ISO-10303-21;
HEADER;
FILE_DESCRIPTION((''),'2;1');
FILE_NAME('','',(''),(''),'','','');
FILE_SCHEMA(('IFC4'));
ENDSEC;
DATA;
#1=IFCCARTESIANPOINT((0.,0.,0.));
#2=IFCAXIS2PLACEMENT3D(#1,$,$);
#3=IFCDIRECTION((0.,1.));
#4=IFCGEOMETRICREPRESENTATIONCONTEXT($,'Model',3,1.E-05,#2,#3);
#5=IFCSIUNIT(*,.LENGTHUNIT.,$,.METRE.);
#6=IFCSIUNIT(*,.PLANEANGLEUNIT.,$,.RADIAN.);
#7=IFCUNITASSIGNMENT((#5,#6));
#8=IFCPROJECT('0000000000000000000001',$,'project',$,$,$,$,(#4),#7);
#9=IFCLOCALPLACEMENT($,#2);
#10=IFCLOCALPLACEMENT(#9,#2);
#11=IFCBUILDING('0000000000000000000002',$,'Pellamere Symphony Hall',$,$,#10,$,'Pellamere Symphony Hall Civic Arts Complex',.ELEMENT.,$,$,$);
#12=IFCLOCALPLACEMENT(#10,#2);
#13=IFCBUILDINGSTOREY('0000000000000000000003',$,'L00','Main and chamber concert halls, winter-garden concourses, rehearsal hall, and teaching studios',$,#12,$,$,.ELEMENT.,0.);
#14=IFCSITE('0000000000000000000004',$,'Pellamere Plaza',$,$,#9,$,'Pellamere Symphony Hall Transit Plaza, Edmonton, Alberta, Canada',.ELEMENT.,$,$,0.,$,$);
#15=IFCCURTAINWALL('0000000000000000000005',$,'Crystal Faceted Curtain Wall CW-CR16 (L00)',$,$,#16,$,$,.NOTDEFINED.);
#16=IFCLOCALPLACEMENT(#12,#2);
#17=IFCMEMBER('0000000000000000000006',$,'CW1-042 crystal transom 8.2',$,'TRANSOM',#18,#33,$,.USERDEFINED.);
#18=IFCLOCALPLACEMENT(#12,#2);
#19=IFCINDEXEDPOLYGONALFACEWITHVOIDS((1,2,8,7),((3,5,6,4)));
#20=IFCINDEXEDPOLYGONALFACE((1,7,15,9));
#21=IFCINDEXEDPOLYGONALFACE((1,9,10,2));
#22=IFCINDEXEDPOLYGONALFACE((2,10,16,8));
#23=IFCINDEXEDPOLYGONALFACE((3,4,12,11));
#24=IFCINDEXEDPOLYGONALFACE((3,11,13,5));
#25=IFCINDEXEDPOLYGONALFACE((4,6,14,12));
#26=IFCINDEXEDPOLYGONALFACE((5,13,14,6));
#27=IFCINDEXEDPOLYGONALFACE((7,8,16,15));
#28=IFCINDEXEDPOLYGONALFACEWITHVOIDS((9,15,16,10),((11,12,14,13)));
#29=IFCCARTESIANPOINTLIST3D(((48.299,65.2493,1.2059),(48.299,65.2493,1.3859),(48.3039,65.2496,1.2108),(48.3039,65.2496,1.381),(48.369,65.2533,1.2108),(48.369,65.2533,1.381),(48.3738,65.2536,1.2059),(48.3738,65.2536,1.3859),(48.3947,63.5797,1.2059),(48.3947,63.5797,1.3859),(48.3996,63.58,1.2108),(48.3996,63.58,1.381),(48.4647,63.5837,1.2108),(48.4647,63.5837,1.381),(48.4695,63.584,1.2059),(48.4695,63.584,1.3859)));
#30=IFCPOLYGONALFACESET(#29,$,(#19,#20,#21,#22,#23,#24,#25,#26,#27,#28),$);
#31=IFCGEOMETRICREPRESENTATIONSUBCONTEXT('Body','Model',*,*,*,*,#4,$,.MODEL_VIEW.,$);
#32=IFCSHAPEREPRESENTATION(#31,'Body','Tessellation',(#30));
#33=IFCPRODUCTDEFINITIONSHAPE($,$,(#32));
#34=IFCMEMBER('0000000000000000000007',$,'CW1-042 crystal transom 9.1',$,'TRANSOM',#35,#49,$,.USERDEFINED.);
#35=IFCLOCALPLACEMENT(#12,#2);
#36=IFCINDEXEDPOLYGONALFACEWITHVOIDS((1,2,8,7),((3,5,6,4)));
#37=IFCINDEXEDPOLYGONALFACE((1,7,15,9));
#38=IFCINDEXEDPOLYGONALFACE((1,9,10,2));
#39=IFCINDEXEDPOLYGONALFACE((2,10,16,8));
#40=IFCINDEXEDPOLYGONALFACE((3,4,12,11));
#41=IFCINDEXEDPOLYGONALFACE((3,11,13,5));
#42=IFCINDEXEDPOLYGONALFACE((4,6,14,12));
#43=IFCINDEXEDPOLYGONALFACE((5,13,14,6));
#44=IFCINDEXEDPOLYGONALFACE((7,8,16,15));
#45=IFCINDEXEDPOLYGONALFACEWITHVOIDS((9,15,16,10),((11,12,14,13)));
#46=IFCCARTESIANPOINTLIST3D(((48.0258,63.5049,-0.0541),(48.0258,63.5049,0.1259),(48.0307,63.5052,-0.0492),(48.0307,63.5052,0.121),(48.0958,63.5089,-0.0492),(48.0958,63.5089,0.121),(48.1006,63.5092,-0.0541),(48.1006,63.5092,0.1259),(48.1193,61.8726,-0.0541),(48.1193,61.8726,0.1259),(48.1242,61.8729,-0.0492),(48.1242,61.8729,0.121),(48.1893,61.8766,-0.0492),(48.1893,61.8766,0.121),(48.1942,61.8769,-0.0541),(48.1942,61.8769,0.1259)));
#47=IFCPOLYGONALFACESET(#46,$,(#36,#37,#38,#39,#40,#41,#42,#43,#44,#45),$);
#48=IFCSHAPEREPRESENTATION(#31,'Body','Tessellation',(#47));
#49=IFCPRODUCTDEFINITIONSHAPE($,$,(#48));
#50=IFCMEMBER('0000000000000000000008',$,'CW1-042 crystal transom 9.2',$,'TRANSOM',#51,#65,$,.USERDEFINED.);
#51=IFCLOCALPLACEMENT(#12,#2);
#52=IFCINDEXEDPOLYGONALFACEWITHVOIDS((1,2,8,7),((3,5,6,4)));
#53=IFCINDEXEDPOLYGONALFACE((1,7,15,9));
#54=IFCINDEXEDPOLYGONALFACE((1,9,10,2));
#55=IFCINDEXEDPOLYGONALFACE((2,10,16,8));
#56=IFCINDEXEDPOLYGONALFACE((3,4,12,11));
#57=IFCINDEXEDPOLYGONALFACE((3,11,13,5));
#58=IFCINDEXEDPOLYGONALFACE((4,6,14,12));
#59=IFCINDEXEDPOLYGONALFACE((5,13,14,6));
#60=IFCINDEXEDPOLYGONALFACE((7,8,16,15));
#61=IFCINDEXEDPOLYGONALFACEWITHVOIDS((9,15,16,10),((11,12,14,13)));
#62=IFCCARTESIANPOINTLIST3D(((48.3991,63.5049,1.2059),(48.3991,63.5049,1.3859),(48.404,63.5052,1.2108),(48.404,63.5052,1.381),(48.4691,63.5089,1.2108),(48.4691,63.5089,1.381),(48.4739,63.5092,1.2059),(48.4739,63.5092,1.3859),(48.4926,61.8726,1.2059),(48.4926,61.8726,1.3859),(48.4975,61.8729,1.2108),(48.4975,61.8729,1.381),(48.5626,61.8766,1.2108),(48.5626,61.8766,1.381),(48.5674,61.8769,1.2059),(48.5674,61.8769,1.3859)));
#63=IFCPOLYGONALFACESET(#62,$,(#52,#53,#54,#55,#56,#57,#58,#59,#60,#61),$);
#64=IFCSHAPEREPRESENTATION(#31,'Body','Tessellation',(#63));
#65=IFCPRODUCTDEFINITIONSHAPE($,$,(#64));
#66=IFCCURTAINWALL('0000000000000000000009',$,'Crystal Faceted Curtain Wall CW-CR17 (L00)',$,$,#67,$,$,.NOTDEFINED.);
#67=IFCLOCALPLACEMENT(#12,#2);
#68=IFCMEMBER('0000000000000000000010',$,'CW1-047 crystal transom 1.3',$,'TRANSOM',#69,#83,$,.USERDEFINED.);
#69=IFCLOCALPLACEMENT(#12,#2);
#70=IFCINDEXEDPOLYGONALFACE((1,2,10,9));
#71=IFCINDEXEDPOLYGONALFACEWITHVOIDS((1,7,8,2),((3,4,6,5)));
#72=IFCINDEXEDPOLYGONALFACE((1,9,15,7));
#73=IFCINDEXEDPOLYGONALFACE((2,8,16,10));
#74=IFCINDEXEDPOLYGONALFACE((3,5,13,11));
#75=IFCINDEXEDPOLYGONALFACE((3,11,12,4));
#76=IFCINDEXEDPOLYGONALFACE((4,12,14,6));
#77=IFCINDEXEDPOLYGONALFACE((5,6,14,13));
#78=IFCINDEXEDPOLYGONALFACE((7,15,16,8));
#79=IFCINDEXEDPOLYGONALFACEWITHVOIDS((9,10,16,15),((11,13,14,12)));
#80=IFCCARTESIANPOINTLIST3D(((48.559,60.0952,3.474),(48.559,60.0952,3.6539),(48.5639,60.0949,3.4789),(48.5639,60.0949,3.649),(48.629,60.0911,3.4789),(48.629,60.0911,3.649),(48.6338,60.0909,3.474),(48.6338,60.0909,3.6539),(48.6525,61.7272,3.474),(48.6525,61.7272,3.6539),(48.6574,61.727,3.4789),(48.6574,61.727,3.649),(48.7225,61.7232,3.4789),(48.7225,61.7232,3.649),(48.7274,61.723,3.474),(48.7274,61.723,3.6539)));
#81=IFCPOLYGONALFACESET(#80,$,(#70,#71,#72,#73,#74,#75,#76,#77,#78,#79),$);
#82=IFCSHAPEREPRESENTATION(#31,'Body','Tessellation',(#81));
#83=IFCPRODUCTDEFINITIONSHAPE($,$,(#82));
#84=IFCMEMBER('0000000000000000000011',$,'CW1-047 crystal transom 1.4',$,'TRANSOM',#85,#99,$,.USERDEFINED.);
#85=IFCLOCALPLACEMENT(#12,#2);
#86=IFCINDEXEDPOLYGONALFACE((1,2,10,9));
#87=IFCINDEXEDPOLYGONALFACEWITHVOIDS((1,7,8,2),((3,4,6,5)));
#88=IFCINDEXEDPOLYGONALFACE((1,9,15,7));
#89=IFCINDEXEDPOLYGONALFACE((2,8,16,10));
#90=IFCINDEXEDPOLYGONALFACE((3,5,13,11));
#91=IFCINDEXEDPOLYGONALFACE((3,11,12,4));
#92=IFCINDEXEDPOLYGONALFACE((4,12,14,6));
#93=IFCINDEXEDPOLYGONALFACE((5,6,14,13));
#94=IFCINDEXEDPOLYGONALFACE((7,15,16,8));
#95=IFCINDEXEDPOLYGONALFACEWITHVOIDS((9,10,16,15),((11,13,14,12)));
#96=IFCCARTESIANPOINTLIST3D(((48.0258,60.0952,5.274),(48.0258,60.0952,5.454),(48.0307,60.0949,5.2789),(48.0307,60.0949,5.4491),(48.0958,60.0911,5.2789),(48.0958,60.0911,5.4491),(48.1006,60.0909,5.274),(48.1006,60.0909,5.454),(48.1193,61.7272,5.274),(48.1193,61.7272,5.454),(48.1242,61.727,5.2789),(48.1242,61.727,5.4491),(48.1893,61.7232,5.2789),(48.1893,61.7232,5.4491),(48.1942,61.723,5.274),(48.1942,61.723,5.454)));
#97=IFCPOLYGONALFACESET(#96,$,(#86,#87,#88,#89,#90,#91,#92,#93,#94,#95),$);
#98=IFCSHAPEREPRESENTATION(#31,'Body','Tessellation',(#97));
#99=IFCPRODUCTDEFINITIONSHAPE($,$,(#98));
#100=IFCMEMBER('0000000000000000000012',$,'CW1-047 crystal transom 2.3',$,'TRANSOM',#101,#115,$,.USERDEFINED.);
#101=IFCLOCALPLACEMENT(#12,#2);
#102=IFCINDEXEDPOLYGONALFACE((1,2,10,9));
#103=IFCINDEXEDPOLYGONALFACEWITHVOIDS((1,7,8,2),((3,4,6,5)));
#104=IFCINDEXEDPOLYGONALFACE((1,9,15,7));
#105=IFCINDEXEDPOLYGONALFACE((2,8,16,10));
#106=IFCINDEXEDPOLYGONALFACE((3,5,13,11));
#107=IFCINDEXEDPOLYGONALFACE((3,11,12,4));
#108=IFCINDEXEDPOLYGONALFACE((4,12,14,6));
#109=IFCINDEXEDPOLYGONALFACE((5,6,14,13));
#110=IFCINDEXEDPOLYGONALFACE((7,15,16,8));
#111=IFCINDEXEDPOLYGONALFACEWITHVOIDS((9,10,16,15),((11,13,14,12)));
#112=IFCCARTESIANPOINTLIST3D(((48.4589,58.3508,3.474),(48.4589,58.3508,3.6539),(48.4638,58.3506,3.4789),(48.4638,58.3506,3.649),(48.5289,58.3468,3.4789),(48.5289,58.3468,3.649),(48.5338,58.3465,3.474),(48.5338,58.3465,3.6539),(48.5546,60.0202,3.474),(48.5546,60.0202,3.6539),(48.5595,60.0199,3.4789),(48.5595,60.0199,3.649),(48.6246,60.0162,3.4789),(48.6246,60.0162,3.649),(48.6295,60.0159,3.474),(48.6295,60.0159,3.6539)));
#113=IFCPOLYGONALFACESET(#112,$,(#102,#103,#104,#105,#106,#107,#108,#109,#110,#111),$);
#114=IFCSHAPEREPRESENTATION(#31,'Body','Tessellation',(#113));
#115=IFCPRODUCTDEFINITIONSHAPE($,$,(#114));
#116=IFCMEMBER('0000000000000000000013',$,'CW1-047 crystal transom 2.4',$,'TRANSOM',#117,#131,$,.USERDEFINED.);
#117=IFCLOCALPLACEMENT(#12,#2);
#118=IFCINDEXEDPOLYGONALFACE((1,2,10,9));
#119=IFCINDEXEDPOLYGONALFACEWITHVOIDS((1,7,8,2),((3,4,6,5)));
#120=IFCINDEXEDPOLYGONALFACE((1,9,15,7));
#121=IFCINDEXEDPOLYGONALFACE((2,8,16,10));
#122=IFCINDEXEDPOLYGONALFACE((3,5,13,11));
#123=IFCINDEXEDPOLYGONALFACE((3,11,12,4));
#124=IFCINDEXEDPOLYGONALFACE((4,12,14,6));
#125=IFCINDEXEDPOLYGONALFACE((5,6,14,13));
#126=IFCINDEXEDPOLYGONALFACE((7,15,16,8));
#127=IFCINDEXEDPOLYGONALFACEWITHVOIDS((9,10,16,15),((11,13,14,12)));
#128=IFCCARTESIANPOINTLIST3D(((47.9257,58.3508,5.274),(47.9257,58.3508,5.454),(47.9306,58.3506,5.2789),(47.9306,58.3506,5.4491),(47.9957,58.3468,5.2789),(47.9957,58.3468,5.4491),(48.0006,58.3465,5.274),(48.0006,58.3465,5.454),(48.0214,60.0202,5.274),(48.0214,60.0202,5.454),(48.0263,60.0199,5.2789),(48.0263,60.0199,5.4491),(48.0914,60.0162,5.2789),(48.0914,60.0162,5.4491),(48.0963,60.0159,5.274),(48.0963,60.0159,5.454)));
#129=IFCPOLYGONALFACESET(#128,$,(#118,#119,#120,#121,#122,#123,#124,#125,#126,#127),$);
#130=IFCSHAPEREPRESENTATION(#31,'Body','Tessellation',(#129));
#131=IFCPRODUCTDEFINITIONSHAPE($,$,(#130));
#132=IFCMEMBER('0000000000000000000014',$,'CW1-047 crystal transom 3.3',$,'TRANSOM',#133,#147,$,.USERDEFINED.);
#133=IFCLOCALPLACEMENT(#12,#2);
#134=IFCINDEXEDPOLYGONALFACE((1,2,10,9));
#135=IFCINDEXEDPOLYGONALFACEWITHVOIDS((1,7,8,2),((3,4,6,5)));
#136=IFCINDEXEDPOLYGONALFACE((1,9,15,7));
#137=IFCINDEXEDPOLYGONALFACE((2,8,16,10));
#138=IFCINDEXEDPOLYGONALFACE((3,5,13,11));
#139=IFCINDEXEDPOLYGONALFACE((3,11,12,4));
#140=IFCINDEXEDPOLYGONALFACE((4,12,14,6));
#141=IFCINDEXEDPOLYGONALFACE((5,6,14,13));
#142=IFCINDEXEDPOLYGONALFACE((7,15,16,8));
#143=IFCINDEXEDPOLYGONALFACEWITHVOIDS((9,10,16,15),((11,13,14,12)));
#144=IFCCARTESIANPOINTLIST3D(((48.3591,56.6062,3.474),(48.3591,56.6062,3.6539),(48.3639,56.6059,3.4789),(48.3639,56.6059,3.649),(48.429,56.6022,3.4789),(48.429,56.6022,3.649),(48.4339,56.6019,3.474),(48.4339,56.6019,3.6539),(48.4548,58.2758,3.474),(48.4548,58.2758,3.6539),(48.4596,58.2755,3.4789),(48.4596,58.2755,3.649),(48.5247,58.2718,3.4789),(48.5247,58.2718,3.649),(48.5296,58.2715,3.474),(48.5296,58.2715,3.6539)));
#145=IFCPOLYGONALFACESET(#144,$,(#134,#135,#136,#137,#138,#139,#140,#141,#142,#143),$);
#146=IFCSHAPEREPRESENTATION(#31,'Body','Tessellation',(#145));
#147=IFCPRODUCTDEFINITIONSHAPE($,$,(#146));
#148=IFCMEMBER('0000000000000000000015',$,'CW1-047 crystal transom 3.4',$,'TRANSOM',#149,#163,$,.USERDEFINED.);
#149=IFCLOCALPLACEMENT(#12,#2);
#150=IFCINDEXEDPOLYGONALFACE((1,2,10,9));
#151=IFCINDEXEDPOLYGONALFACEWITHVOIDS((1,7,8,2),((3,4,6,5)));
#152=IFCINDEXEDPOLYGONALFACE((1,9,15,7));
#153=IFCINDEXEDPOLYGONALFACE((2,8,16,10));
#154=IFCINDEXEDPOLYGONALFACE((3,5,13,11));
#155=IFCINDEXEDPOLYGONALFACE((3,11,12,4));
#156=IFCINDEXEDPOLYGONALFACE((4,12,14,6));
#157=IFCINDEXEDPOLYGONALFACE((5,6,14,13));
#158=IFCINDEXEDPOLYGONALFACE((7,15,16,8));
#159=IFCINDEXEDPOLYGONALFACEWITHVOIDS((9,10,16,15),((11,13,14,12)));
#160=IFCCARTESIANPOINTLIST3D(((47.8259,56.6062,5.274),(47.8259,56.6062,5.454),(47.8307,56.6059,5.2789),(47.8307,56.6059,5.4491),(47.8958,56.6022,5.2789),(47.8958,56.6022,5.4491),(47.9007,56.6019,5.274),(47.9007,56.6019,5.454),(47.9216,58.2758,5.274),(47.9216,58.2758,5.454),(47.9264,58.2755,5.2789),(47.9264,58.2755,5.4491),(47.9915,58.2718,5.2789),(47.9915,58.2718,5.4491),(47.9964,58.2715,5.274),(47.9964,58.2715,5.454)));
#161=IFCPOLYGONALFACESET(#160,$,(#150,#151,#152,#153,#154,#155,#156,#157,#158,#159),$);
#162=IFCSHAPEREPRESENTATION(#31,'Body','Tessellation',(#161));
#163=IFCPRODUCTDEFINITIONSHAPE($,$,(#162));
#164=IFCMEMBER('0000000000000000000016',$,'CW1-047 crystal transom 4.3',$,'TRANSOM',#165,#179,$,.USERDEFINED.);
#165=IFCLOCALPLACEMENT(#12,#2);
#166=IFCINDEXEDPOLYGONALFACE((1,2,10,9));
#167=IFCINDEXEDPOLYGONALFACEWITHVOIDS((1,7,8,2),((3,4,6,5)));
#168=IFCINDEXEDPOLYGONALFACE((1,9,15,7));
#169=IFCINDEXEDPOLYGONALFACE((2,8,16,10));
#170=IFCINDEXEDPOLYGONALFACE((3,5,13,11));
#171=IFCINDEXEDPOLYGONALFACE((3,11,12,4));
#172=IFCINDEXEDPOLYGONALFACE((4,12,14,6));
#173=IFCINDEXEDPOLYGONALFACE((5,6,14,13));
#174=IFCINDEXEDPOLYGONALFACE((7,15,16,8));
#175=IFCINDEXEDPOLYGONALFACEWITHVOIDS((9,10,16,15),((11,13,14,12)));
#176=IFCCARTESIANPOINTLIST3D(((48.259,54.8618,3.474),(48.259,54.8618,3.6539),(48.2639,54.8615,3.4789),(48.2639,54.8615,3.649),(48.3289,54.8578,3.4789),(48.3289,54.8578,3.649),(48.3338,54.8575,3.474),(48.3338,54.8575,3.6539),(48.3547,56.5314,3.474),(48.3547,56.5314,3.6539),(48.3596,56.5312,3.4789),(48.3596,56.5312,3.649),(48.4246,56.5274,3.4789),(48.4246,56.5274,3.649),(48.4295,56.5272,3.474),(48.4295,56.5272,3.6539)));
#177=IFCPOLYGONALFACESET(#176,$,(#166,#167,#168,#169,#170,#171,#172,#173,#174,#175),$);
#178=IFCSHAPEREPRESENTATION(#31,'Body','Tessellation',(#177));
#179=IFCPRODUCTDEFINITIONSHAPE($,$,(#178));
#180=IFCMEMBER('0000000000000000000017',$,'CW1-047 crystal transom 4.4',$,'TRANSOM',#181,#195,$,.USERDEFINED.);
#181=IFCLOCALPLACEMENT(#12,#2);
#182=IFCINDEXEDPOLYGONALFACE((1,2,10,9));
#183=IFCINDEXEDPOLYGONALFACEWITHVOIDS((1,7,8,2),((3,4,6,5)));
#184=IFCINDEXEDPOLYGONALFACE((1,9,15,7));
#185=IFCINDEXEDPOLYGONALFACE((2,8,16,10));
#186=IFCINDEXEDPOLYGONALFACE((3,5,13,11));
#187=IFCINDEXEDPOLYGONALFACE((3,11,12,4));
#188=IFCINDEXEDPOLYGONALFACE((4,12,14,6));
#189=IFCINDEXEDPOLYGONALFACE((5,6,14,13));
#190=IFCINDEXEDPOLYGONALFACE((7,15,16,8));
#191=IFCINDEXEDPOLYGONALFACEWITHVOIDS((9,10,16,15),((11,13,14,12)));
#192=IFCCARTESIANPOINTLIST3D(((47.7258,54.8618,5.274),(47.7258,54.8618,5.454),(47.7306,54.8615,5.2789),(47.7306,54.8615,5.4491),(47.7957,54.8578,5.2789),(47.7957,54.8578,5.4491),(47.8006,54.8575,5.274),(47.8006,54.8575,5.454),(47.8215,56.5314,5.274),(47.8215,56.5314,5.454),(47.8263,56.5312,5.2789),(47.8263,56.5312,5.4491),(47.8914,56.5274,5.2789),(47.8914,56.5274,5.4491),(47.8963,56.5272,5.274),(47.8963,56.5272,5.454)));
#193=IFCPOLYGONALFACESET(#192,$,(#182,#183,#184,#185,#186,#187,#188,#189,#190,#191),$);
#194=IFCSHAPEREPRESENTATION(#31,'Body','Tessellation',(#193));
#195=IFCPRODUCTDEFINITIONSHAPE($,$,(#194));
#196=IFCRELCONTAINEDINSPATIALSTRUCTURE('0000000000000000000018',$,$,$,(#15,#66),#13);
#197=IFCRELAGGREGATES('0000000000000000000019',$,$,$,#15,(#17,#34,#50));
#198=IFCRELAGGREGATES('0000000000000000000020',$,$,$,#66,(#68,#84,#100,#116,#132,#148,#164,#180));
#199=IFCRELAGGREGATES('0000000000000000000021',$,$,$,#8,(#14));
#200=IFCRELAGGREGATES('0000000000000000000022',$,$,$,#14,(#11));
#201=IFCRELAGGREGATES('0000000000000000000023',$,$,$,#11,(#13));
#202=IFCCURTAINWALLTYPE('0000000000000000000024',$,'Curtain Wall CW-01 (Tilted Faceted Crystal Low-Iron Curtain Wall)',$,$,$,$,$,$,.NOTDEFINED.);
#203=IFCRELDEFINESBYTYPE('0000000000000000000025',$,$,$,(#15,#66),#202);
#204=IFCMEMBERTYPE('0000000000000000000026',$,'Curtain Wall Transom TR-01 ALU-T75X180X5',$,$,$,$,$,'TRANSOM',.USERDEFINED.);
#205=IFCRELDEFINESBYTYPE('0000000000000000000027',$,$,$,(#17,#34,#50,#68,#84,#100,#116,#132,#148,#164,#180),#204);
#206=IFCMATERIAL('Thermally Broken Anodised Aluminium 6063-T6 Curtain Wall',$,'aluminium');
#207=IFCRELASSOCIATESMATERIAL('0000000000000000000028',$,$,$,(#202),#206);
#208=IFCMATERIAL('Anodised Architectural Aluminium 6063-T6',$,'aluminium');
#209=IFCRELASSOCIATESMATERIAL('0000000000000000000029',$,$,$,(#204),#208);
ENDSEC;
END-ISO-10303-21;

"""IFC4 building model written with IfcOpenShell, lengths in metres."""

from ifc_helpers import new_model, si_unit, direction, frame, origin, origin_2d, place, context, subcontext, project, spatial, hollow_rectangle, extrude, material, material_profile, profile_set, type_object, element, aggregate, save


model = new_model("IFC4")

# Units and contexts
model_context = context("Model", 3, precision=1e-05, world=origin(), true_north=direction((0.0, 1.0)))
body_context = subcontext(model_context, "Body", "Model", "MODEL_VIEW")
ifc_project = project(units=[si_unit("LENGTHUNIT", "METRE"), si_unit("PLANEANGLEUNIT", "RADIAN")], contexts=[model_context])

# Site, building, storey
site_placement = place(None, origin())
site = spatial("IfcSite", under=ifc_project, at=site_placement, Name="Pellamere Plaza", LongName="Pellamere Symphony Hall Transit Plaza, Edmonton, Alberta, Canada", CompositionType="ELEMENT", RefElevation=0.0)
building_placement = place(site_placement, origin())
building = spatial("IfcBuilding", under=site, at=building_placement, Name="Pellamere Symphony Hall", LongName="Pellamere Symphony Hall Civic Arts Complex", CompositionType="ELEMENT")
storey_placement = place(building_placement, origin())
storey = spatial("IfcBuildingStorey", under=building, at=storey_placement, Name="L00", Description="Main and chamber concert halls, winter-garden concourses, rehearsal hall, and teaching studios", CompositionType="ELEMENT", Elevation=0.0)

# Curtain walls, members
ifc_material_1 = material(Name="Thermally Broken Anodised Aluminium 6063-T6 Curtain Wall", Category="aluminium")
curtain_wall_type = type_object("IfcCurtainWallType", Name="Curtain Wall CW-01 (Tilted Faceted Crystal Low-Iron Curtain Wall)", PredefinedType="NOTDEFINED", material=ifc_material_1)
curtain_wall_1_placement = place(storey_placement, origin())
curtain_wall_1 = element("IfcCurtainWall", 1, at=curtain_wall_1_placement, inside=storey, type_object=curtain_wall_type, Name="Crystal Faceted Curtain Wall CW-CR16 (L00)", PredefinedType="NOTDEFINED")
ifc_material_2 = material(Name="Anodised Architectural Aluminium 6063-T6", Category="aluminium")
ifc_material_profile_1 = material_profile(ifc_material_2, hollow_rectangle(XDim=0.075, YDim=0.1799, WallThickness=0.0049, at=origin_2d()), Name="ALU-T75X180X5")
ifc_profile_set_1 = profile_set([ifc_material_profile_1], Name="Anodised Architectural Aluminium 6063-T6")
member_type_1 = type_object("IfcMemberType", Name="Curtain Wall Transom TR-01 ALU-T75X180X5", ElementType="TRANSOM", PredefinedType="USERDEFINED", material=ifc_profile_set_1)
member_1_placement = place(storey_placement, frame((48.3364, 65.2515, 1.2959), z_axis=(0.057224, -0.998361, 0.0), x_axis=(0.998361, 0.057224, 0.0)))
member_1 = element("IfcMember", 2, at=member_1_placement, type_object=member_type_1, Name="CW1-042 crystal transom 8.2", ObjectType="TRANSOM", PredefinedType="USERDEFINED", context=body_context, shape_type="SweptSolid", body=[
    extrude(hollow_rectangle(XDim=0.075, YDim=0.1799, WallThickness=0.0049, at=origin_2d()), origin(), (0.0, 0.0, 1.0), 1.6724),
])
member_2_placement = place(storey_placement, frame((48.0632, 63.5071, 0.0359), z_axis=(0.05719, -0.998363, 0.0), x_axis=(0.998363, 0.05719, 0.0)))
member_2 = element("IfcMember", 3, at=member_2_placement, type_object=member_type_1, Name="CW1-042 crystal transom 9.1", ObjectType="TRANSOM", PredefinedType="USERDEFINED", context=body_context, shape_type="SweptSolid", body=[
    extrude(hollow_rectangle(XDim=0.075, YDim=0.1799, WallThickness=0.0049, at=origin_2d()), origin(), (0.0, 0.0, 1.0), 1.635),
])
member_3_placement = place(storey_placement, frame((48.4365, 63.5071, 1.2959), z_axis=(0.05719, -0.998363, 0.0), x_axis=(0.998363, 0.05719, 0.0)))
member_3 = element("IfcMember", 4, at=member_3_placement, type_object=member_type_1, Name="CW1-042 crystal transom 9.2", ObjectType="TRANSOM", PredefinedType="USERDEFINED", context=body_context, shape_type="SweptSolid", body=[
    extrude(hollow_rectangle(XDim=0.075, YDim=0.1799, WallThickness=0.0049, at=origin_2d()), origin(), (0.0, 0.0, 1.0), 1.635),
])
curtain_wall_2_placement = place(storey_placement, origin())
curtain_wall_2 = element("IfcCurtainWall", 5, at=curtain_wall_2_placement, inside=storey, type_object=curtain_wall_type, Name="Crystal Faceted Curtain Wall CW-CR17 (L00)", PredefinedType="NOTDEFINED")
member_4_placement = place(storey_placement, frame((48.6899, 61.7251, 3.564), z_axis=(-0.057199, -0.998363, 0.0), x_axis=(0.998363, -0.057199, 0.0)))
member_4 = element("IfcMember", 6, at=member_4_placement, type_object=member_type_1, Name="CW1-047 crystal transom 1.3", ObjectType="TRANSOM", PredefinedType="USERDEFINED", context=body_context, shape_type="SweptSolid", body=[
    extrude(hollow_rectangle(XDim=0.075, YDim=0.1799, WallThickness=0.0049, at=origin_2d()), origin(), (0.0, 0.0, 1.0), 1.6348),
])
member_5_placement = place(storey_placement, frame((48.1567, 61.7251, 5.364), z_axis=(-0.057199, -0.998363, 0.0), x_axis=(0.998363, -0.057199, 0.0)))
member_5 = element("IfcMember", 7, at=member_5_placement, type_object=member_type_1, Name="CW1-047 crystal transom 1.4", ObjectType="TRANSOM", PredefinedType="USERDEFINED", context=body_context, shape_type="SweptSolid", body=[
    extrude(hollow_rectangle(XDim=0.075, YDim=0.1799, WallThickness=0.0049, at=origin_2d()), origin(), (0.0, 0.0, 1.0), 1.6348),
])
member_6_placement = place(storey_placement, frame((48.592, 60.0181, 3.564), z_axis=(-0.057233, -0.998361, 0.0), x_axis=(0.998361, -0.057233, 0.0)))
member_6 = element("IfcMember", 8, at=member_6_placement, type_object=member_type_1, Name="CW1-047 crystal transom 2.3", ObjectType="TRANSOM", PredefinedType="USERDEFINED", context=body_context, shape_type="SweptSolid", body=[
    extrude(hollow_rectangle(XDim=0.075, YDim=0.1799, WallThickness=0.0049, at=origin_2d()), origin(), (0.0, 0.0, 1.0), 1.6721),
])
member_7_placement = place(storey_placement, frame((48.0588, 60.0181, 5.364), z_axis=(-0.057233, -0.998361, 0.0), x_axis=(0.998361, -0.057233, 0.0)))
member_7 = element("IfcMember", 9, at=member_7_placement, type_object=member_type_1, Name="CW1-047 crystal transom 2.4", ObjectType="TRANSOM", PredefinedType="USERDEFINED", context=body_context, shape_type="SweptSolid", body=[
    extrude(hollow_rectangle(XDim=0.075, YDim=0.1799, WallThickness=0.0049, at=origin_2d()), origin(), (0.0, 0.0, 1.0), 1.6721),
])
member_8_placement = place(storey_placement, frame((48.4922, 58.2737, 3.564), z_axis=(-0.057224, -0.998361, 0.0), x_axis=(0.998361, -0.057224, 0.0)))
member_8 = element("IfcMember", 10, at=member_8_placement, type_object=member_type_1, Name="CW1-047 crystal transom 3.3", ObjectType="TRANSOM", PredefinedType="USERDEFINED", context=body_context, shape_type="SweptSolid", body=[
    extrude(hollow_rectangle(XDim=0.075, YDim=0.1799, WallThickness=0.0049, at=origin_2d()), origin(), (0.0, 0.0, 1.0), 1.6724),
])
member_9_placement = place(storey_placement, frame((47.959, 58.2737, 5.364), z_axis=(-0.057224, -0.998361, 0.0), x_axis=(0.998361, -0.057224, 0.0)))
member_9 = element("IfcMember", 11, at=member_9_placement, type_object=member_type_1, Name="CW1-047 crystal transom 3.4", ObjectType="TRANSOM", PredefinedType="USERDEFINED", context=body_context, shape_type="SweptSolid", body=[
    extrude(hollow_rectangle(XDim=0.075, YDim=0.1799, WallThickness=0.0049, at=origin_2d()), origin(), (0.0, 0.0, 1.0), 1.6724),
])
member_10_placement = place(storey_placement, frame((48.3921, 56.5293, 3.564), z_axis=(-0.057224, -0.998361, 0.0), x_axis=(0.998361, -0.057224, 0.0)))
member_10 = element("IfcMember", 12, at=member_10_placement, type_object=member_type_1, Name="CW1-047 crystal transom 4.3", ObjectType="TRANSOM", PredefinedType="USERDEFINED", context=body_context, shape_type="SweptSolid", body=[
    extrude(hollow_rectangle(XDim=0.075, YDim=0.1799, WallThickness=0.0049, at=origin_2d()), origin(), (0.0, 0.0, 1.0), 1.6724),
])
member_11_placement = place(storey_placement, frame((47.8589, 56.5293, 5.364), z_axis=(-0.057224, -0.998361, 0.0), x_axis=(0.998361, -0.057224, 0.0)))
member_11 = element("IfcMember", 13, at=member_11_placement, type_object=member_type_1, Name="CW1-047 crystal transom 4.4", ObjectType="TRANSOM", PredefinedType="USERDEFINED", context=body_context, shape_type="SweptSolid", body=[
    extrude(hollow_rectangle(XDim=0.075, YDim=0.1799, WallThickness=0.0049, at=origin_2d()), origin(), (0.0, 0.0, 1.0), 1.6724),
])

aggregate(curtain_wall_1, [member_1, member_2, member_3])
aggregate(curtain_wall_2, [member_4, member_5, member_6, member_7, member_8, member_9, member_10, member_11])

save(model, "model.ifc")
